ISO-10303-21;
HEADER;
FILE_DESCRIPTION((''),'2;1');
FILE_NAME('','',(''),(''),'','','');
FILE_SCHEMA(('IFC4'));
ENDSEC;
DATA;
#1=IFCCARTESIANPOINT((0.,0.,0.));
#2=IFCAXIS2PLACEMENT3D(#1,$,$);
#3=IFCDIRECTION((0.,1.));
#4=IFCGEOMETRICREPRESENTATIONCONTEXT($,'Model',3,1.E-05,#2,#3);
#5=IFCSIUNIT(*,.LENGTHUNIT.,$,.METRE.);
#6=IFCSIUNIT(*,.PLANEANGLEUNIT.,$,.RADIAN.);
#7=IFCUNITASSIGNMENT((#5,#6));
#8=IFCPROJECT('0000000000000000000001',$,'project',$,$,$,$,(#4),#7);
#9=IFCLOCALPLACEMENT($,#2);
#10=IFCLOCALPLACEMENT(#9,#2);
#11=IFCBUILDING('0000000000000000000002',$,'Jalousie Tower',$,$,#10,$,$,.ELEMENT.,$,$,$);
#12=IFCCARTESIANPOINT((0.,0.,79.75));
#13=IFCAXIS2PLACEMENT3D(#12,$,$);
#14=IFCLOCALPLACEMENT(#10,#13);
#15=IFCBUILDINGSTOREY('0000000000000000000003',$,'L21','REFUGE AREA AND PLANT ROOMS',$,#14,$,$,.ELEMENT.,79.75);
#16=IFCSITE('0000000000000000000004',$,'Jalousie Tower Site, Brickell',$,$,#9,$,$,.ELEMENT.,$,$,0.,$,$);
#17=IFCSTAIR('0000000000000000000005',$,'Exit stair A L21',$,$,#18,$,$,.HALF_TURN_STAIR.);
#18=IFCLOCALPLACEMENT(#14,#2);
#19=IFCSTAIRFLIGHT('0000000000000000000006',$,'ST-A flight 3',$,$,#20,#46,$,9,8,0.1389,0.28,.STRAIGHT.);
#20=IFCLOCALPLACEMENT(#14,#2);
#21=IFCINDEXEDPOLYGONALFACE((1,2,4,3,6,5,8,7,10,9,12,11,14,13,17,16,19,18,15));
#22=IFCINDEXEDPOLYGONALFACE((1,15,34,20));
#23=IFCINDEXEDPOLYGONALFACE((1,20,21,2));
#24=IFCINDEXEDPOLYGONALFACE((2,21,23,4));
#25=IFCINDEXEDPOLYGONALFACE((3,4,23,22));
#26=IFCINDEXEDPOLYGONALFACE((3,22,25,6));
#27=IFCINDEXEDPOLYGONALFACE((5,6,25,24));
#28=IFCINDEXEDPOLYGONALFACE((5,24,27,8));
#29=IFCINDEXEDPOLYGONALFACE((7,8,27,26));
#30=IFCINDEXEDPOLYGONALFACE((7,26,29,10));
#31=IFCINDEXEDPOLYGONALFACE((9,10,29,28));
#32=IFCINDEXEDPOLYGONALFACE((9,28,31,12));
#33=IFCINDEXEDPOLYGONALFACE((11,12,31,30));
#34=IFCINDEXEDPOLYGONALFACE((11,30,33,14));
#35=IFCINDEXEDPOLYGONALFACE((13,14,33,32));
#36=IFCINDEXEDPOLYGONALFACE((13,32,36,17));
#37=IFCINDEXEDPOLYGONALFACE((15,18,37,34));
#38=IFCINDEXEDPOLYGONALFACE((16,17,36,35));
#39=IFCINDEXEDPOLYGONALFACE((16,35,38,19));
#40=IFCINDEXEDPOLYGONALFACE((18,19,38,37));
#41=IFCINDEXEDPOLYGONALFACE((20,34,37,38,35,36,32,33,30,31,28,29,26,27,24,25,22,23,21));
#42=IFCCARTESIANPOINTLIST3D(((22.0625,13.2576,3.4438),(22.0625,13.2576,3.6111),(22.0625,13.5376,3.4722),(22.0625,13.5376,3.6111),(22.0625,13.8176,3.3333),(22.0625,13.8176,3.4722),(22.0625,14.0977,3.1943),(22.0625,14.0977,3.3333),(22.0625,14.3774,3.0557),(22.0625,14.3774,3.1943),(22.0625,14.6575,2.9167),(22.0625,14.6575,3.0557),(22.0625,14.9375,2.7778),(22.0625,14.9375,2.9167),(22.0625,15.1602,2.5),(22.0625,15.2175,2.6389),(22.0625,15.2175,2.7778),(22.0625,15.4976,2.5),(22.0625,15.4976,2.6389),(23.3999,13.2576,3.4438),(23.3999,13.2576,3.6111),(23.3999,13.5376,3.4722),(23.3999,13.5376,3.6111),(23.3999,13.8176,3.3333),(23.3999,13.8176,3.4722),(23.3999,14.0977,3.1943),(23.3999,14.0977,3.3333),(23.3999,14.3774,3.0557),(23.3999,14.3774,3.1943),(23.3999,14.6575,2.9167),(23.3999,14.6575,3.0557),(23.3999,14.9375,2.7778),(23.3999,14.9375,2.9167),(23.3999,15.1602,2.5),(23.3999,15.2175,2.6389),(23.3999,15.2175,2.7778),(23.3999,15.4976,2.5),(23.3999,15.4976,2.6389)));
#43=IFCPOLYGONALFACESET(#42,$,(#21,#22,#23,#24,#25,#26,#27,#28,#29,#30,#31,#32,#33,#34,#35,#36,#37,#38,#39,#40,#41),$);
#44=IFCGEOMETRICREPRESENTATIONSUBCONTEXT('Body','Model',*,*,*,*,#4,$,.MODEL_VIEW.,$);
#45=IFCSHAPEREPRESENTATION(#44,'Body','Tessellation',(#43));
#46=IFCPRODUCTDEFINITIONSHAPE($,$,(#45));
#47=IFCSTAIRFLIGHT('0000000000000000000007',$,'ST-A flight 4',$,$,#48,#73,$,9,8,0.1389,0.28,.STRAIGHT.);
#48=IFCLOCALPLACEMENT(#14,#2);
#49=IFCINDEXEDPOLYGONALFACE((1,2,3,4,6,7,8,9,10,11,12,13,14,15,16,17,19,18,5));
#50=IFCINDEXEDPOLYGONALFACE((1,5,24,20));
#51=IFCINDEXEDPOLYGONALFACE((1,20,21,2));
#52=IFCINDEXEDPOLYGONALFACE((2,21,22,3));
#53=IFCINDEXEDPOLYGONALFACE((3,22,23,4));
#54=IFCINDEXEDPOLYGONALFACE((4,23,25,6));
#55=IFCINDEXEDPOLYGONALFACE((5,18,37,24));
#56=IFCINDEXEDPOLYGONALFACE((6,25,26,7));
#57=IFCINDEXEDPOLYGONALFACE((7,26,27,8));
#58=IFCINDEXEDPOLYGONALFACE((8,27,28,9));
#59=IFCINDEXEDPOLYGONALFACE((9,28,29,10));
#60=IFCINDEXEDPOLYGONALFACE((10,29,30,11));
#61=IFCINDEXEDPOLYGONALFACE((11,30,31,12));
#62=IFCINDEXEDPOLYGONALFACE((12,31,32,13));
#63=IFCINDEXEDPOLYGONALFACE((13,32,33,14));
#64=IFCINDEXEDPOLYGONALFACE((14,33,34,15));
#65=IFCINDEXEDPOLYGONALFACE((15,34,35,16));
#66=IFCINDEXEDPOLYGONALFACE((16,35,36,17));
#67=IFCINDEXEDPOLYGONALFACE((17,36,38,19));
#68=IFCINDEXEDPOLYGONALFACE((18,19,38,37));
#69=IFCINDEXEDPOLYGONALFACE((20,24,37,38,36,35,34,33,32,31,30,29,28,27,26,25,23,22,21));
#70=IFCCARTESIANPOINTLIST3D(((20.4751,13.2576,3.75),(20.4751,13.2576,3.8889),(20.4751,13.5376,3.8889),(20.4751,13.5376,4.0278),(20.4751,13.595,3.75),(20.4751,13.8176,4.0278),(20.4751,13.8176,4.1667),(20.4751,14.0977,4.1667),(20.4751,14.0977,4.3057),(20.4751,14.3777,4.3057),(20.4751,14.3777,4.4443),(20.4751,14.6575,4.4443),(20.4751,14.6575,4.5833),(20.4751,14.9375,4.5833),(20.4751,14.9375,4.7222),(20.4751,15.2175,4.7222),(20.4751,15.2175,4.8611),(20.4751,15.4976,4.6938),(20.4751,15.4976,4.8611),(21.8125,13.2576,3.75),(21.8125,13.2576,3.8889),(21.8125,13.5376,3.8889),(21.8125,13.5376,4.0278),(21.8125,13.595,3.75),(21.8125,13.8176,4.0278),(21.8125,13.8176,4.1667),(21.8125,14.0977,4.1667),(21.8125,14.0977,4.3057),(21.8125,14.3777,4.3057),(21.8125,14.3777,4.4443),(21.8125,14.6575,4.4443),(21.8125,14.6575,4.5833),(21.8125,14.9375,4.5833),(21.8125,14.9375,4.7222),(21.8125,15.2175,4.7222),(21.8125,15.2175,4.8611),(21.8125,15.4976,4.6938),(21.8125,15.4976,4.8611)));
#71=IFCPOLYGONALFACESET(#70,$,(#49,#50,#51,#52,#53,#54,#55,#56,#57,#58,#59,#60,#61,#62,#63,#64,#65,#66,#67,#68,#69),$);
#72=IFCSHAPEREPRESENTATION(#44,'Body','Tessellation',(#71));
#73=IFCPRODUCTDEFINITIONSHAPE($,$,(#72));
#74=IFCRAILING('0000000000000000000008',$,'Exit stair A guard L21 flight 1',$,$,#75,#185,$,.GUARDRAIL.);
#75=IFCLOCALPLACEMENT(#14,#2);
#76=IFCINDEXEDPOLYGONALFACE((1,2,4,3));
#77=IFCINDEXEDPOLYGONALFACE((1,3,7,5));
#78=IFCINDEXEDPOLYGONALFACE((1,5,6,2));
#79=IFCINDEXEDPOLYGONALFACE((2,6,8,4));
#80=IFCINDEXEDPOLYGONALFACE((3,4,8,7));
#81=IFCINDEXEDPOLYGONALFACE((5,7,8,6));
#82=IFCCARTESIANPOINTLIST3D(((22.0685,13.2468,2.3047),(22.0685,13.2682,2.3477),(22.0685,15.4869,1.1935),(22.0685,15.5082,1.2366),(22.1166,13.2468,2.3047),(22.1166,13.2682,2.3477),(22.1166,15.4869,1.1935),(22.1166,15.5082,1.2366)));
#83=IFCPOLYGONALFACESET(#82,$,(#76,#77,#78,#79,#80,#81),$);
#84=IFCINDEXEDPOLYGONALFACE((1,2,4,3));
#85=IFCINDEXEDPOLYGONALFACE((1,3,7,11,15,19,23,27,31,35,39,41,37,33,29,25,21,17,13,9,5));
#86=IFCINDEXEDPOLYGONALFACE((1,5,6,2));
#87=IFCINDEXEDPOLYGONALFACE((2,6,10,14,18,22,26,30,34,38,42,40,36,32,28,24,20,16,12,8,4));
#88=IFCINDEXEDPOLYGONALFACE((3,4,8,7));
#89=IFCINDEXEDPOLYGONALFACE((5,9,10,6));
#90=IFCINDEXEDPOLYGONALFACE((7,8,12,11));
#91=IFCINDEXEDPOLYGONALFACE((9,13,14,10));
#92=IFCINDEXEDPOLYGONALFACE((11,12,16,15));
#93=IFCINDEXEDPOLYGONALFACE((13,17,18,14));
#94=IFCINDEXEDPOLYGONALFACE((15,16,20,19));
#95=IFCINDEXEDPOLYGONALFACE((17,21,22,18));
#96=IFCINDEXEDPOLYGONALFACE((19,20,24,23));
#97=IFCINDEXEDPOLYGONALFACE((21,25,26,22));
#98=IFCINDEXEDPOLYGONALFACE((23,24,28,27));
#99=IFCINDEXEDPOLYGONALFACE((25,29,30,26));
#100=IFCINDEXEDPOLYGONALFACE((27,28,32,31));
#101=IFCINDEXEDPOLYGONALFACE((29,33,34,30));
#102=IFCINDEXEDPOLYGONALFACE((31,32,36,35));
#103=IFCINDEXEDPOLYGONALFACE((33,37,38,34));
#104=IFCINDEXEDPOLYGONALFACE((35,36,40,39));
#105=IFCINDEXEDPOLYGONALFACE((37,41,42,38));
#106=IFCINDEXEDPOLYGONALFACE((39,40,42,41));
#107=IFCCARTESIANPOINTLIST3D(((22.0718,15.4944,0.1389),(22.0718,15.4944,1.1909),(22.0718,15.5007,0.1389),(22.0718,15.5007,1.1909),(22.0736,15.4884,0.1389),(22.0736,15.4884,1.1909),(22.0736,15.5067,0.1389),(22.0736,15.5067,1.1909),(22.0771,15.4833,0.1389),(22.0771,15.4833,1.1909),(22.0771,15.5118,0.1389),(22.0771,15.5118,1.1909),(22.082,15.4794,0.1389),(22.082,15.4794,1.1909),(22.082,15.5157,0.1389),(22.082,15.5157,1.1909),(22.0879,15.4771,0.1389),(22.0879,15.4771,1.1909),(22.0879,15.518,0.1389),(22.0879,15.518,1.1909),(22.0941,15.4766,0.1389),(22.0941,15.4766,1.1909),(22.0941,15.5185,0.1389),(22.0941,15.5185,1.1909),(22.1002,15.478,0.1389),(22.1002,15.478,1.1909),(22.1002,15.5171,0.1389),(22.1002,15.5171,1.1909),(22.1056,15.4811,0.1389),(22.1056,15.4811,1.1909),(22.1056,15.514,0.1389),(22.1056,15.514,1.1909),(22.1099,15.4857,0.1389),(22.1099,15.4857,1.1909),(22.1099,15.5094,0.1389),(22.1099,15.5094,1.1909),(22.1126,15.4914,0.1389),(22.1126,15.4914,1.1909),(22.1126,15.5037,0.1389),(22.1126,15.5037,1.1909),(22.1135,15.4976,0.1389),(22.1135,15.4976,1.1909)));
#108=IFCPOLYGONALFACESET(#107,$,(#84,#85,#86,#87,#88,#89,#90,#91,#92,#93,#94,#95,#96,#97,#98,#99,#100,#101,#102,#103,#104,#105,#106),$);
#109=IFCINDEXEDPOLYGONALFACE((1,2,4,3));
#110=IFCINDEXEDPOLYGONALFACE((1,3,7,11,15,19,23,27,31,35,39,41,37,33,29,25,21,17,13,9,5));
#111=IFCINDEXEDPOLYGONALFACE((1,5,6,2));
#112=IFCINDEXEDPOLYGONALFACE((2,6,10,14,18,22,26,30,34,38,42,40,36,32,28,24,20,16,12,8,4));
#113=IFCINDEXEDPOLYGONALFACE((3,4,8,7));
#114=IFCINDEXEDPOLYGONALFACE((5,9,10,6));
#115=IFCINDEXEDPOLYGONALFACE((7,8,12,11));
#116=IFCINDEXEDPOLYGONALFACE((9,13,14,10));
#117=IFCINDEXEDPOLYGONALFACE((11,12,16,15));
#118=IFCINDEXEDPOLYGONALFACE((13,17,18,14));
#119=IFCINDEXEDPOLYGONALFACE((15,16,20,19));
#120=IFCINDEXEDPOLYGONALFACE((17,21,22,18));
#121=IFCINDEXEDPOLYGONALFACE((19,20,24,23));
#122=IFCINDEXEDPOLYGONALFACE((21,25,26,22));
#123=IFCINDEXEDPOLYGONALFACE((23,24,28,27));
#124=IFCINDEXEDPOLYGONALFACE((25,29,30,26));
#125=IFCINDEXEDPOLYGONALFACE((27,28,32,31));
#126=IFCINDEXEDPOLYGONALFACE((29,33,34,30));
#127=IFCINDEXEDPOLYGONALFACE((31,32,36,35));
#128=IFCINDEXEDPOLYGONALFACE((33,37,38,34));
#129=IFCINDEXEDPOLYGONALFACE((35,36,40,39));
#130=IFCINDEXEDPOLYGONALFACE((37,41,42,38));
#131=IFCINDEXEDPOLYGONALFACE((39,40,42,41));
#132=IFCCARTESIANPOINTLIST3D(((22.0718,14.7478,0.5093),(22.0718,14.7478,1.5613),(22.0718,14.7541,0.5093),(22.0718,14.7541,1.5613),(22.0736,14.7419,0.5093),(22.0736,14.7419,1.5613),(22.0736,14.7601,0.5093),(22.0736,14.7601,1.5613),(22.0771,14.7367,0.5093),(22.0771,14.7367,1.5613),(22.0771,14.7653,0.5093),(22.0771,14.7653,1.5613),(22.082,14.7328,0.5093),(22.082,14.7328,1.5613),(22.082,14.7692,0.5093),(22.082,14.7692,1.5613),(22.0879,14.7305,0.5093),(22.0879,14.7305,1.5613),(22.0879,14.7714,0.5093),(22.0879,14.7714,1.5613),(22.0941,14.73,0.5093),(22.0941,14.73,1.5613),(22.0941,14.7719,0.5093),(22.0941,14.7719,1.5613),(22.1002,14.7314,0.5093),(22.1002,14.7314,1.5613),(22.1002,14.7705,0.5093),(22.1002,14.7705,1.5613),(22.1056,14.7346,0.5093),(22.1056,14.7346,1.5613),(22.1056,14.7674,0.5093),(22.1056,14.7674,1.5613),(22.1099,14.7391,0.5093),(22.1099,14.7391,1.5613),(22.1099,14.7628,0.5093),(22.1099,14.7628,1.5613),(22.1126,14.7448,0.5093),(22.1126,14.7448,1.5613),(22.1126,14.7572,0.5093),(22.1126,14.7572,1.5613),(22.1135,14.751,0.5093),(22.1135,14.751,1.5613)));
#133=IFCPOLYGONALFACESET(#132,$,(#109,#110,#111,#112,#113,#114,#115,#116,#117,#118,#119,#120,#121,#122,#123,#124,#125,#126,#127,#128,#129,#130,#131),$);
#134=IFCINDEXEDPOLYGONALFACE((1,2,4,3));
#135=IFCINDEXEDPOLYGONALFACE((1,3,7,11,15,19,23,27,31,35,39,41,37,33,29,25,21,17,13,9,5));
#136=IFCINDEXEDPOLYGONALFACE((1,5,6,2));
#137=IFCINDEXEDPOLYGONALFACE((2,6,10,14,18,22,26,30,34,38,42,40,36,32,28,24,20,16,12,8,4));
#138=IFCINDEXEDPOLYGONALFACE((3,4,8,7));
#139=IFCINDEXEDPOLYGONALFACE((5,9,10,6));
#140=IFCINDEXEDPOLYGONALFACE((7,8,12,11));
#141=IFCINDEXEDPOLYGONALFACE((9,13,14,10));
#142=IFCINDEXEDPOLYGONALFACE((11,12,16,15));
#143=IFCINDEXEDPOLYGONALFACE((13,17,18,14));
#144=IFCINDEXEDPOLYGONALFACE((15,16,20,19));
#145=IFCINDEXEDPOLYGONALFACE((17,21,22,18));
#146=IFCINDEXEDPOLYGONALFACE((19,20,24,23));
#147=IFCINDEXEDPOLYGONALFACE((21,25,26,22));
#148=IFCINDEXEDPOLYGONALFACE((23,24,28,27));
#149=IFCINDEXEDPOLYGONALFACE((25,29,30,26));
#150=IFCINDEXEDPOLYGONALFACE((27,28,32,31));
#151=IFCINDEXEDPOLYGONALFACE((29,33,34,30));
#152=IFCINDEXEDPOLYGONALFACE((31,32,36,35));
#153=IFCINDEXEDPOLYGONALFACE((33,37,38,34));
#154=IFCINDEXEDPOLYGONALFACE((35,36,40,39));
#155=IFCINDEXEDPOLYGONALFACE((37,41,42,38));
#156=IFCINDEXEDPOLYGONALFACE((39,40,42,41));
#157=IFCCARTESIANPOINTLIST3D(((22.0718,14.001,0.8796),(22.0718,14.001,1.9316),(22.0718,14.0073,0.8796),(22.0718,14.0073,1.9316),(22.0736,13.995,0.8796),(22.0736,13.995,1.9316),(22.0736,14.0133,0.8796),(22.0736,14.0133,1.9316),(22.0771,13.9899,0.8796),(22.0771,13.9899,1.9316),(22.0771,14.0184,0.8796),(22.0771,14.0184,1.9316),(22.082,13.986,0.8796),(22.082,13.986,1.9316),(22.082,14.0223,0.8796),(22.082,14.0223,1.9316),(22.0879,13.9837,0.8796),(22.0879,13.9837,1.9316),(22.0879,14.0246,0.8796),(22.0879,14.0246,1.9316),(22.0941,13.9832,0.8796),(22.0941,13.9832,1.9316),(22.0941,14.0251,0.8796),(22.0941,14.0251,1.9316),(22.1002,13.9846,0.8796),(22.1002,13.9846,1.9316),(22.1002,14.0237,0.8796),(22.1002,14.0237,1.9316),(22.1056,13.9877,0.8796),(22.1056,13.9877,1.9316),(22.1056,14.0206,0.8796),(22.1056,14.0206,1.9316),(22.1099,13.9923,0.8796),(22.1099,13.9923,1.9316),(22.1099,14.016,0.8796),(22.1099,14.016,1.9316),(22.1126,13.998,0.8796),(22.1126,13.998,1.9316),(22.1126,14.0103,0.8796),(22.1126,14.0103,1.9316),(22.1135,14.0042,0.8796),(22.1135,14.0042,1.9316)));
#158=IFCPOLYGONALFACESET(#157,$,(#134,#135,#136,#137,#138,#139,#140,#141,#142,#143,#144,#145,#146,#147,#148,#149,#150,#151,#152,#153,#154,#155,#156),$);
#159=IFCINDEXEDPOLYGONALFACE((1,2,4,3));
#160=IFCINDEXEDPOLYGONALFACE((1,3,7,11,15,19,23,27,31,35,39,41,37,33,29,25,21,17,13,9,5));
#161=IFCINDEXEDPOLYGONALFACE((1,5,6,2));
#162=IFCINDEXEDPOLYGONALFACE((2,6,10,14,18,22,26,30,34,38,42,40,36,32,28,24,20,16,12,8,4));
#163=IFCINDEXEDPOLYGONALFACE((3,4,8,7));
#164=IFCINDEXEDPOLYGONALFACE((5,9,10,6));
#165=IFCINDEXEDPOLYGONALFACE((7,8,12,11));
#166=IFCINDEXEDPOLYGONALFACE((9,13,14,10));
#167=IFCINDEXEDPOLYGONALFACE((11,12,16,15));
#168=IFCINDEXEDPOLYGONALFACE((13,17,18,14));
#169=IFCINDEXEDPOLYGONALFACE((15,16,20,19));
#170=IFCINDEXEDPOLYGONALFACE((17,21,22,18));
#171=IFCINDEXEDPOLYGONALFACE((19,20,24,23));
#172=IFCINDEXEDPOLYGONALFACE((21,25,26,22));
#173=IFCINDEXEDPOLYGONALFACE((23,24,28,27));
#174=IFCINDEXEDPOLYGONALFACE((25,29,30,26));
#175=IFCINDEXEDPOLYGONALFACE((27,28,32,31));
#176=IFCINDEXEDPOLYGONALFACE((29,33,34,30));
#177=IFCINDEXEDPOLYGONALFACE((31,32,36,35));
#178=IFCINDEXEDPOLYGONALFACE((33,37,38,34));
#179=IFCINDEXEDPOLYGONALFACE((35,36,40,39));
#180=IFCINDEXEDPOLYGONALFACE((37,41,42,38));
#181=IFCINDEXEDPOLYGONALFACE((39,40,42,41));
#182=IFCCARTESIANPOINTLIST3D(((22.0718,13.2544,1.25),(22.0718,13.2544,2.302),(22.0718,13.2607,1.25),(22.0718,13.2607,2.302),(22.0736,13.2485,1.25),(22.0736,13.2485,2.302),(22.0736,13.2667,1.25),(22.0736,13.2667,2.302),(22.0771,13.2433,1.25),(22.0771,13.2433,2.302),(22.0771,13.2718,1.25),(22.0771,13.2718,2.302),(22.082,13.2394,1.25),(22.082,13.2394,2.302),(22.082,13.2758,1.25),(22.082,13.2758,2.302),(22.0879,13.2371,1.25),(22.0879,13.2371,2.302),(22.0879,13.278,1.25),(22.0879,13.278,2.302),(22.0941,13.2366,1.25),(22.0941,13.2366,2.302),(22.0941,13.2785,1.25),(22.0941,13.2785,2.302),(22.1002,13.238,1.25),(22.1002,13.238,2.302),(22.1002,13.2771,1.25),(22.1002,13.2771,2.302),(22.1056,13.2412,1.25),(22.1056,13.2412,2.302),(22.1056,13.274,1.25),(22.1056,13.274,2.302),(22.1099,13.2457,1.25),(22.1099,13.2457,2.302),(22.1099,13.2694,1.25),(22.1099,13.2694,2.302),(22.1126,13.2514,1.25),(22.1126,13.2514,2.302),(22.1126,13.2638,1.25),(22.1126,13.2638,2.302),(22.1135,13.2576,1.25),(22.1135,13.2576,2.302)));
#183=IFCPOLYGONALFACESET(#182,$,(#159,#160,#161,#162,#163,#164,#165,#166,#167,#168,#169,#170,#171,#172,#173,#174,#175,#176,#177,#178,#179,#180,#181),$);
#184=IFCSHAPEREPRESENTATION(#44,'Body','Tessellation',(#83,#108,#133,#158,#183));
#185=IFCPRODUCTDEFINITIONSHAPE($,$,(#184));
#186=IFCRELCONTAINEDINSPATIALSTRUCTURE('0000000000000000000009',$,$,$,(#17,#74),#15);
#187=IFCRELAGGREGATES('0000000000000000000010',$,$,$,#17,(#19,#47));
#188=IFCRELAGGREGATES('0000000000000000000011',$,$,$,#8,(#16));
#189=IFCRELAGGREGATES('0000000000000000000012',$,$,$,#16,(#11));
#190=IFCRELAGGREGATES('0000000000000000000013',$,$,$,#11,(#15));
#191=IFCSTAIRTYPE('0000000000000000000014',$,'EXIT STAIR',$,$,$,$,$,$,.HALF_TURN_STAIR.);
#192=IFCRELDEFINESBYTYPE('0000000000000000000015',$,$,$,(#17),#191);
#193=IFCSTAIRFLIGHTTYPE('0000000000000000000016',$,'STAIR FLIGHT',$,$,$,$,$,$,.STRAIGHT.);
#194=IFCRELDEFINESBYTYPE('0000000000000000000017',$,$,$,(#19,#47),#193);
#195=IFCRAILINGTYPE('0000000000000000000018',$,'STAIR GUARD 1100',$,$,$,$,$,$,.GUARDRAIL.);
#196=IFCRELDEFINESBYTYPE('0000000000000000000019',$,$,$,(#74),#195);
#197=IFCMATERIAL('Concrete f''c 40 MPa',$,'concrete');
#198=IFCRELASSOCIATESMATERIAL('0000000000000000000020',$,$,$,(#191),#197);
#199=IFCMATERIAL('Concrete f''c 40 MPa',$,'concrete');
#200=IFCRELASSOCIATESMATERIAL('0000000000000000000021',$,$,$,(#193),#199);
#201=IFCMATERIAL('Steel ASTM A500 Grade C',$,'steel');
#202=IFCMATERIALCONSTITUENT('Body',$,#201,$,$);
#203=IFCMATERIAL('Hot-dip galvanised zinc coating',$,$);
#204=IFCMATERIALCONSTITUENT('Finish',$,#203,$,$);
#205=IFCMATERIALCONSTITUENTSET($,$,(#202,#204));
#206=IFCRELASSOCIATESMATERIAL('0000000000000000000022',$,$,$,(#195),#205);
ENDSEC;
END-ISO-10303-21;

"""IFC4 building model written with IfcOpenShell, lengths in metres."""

from ifc_helpers import new_model, si_unit, direction, frame, origin, origin_2d, place, context, subcontext, project, spatial, polyline, rectangle, circle, outline, extrude, material, constituent, constituent_set, type_object, element, aggregate, save


model = new_model("IFC4")

# Units and contexts
model_context = context("Model", 3, precision=1e-05, world=origin(), true_north=direction((0.0, 1.0)))
body_context = subcontext(model_context, "Body", "Model", "MODEL_VIEW")
ifc_project = project(units=[si_unit("LENGTHUNIT", "METRE"), si_unit("PLANEANGLEUNIT", "RADIAN")], contexts=[model_context])

# Site, building, storey
site_placement = place(None, origin())
site = spatial("IfcSite", under=ifc_project, at=site_placement, Name="Jalousie Tower Site, Brickell", CompositionType="ELEMENT", RefElevation=0.0)
building_placement = place(site_placement, origin())
building = spatial("IfcBuilding", under=site, at=building_placement, Name="Jalousie Tower", CompositionType="ELEMENT")
storey_placement = place(building_placement, frame((0.0, 0.0, 79.75)))
storey = spatial("IfcBuildingStorey", under=building, at=storey_placement, Name="L21", Description="REFUGE AREA AND PLANT ROOMS", CompositionType="ELEMENT", Elevation=79.75)

# Stair, stair flights
ifc_material_1 = material(Name="Concrete f'c 40 MPa", Category="concrete")
stair_type = type_object("IfcStairType", Name="EXIT STAIR", PredefinedType="HALF_TURN_STAIR", material=ifc_material_1)
stair_placement = place(storey_placement, origin())
stair = element("IfcStair", 1, at=stair_placement, inside=storey, type_object=stair_type, Name="Exit stair A L21", PredefinedType="HALF_TURN_STAIR")
ifc_material_2 = material(Name="Concrete f'c 40 MPa", Category="concrete")
stair_flight_type = type_object("IfcStairFlightType", Name="STAIR FLIGHT", PredefinedType="STRAIGHT", material=ifc_material_2)
stair_flight_1_placement = place(storey_placement, frame((22.7312, 15.4976, 2.5), z_axis=(0.0, 0.0, 1.0), x_axis=(0.0, -1.0, 0.0)))
stair_flight_1 = element("IfcStairFlight", 2, at=stair_flight_1_placement, type_object=stair_flight_type, Name="ST-A flight 3", NumberOfRisers=9, NumberOfTreads=8, PredefinedType="STRAIGHT", RiserHeight=0.1389, TreadLength=0.28, context=body_context, shape_type="SweptSolid", body=[
    extrude(outline(polyline([(0.0, 0.0), (0.0, 0.1389), (0.28, 0.1389), (0.28, 0.2778), (0.5601, 0.2778), (0.5601, 0.4167), (0.8401, 0.4167), (0.8401, 0.5557), (1.1201, 0.5557), (1.1201, 0.6943), (1.3999, 0.6943), (1.3999, 0.8333), (1.6799, 0.8333), (1.6799, 0.9722), (1.96, 0.9722), (1.96, 1.1111), (2.24, 1.1111), (2.24, 1.25), (2.24, 0.9438), (0.3374, 0.0), (0.0, 0.0)])), frame((0.0, 0.6687, 0.0), z_axis=(0.0, -1.0, 0.0), x_axis=(1.0, 0.0, 0.0)), (0.0, 0.0, 1.0), 1.3374),
])
stair_flight_2_placement = place(storey_placement, frame((21.1438, 13.2576, 3.75), z_axis=(0.0, 0.0, 1.0), x_axis=(0.0, 1.0, 0.0)))
stair_flight_2 = element("IfcStairFlight", 3, at=stair_flight_2_placement, type_object=stair_flight_type, Name="ST-A flight 4", NumberOfRisers=9, NumberOfTreads=8, PredefinedType="STRAIGHT", RiserHeight=0.1389, TreadLength=0.28, context=body_context, shape_type="SweptSolid", body=[
    extrude(outline(polyline([(0.0, 0.0), (0.0, 0.1389), (0.28, 0.1389), (0.28, 0.2778), (0.5601, 0.2778), (0.5601, 0.4167), (0.8401, 0.4167), (0.8401, 0.5557), (1.1201, 0.5557), (1.1201, 0.6943), (1.3999, 0.6943), (1.3999, 0.8333), (1.6799, 0.8333), (1.6799, 0.9722), (1.96, 0.9722), (1.96, 1.1111), (2.24, 1.1111), (2.24, 1.25), (2.24, 0.9438), (0.3374, 0.0), (0.0, 0.0)])), frame((0.0, 0.6687, 0.0), z_axis=(0.0, -1.0, 0.0), x_axis=(1.0, 0.0, 0.0)), (0.0, 0.0, 1.0), 1.3374),
])
aggregate(stair, [stair_flight_1, stair_flight_2])

# Railing
ifc_material_3 = material(Name="Steel ASTM A500 Grade C", Category="steel")
ifc_constituent_1 = constituent(ifc_material_3, Name="Body")
ifc_material_4 = material(Name="Hot-dip galvanised zinc coating")
ifc_constituent_2 = constituent(ifc_material_4, Name="Finish")
ifc_constituent_set_1 = constituent_set(constituents=[ifc_constituent_1, ifc_constituent_2])
railing_type_1 = type_object("IfcRailingType", Name="STAIR GUARD 1100", PredefinedType="GUARDRAIL", material=ifc_constituent_set_1)
for number, where, name in (
    (4, (22.0925, 15.4976, 0.1389), "Exit stair A guard L21 flight 1"),
):
    element("IfcRailing", number, at=place(storey_placement, frame(where)), inside=storey, type_object=railing_type_1, Name=name, PredefinedType="GUARDRAIL", context=body_context, shape_type="SweptSolid", body=[
        extrude(rectangle(XDim=0.0481, YDim=0.0481, at=origin_2d()), frame((0.0, 0.0, 1.0762), z_axis=(0.0, -0.895848, 0.44436), x_axis=(1.0, 0.0, 0.0)), (0.0, 0.0, 1.0), 2.5005),
        extrude(circle(Radius=0.021, at=origin_2d()), origin(), (0.0, 0.0, 1.0), 1.052),
        extrude(circle(Radius=0.021, at=origin_2d()), frame((0.0, -0.7466, 0.3704)), (0.0, 0.0, 1.0), 1.052),
        extrude(circle(Radius=0.021, at=origin_2d()), frame((0.0, -1.4934, 0.7407)), (0.0, 0.0, 1.0), 1.052),
        extrude(circle(Radius=0.021, at=origin_2d()), frame((0.0, -2.24, 1.1111)), (0.0, 0.0, 1.0), 1.052),
    ])

save(model, "model.ifc")
